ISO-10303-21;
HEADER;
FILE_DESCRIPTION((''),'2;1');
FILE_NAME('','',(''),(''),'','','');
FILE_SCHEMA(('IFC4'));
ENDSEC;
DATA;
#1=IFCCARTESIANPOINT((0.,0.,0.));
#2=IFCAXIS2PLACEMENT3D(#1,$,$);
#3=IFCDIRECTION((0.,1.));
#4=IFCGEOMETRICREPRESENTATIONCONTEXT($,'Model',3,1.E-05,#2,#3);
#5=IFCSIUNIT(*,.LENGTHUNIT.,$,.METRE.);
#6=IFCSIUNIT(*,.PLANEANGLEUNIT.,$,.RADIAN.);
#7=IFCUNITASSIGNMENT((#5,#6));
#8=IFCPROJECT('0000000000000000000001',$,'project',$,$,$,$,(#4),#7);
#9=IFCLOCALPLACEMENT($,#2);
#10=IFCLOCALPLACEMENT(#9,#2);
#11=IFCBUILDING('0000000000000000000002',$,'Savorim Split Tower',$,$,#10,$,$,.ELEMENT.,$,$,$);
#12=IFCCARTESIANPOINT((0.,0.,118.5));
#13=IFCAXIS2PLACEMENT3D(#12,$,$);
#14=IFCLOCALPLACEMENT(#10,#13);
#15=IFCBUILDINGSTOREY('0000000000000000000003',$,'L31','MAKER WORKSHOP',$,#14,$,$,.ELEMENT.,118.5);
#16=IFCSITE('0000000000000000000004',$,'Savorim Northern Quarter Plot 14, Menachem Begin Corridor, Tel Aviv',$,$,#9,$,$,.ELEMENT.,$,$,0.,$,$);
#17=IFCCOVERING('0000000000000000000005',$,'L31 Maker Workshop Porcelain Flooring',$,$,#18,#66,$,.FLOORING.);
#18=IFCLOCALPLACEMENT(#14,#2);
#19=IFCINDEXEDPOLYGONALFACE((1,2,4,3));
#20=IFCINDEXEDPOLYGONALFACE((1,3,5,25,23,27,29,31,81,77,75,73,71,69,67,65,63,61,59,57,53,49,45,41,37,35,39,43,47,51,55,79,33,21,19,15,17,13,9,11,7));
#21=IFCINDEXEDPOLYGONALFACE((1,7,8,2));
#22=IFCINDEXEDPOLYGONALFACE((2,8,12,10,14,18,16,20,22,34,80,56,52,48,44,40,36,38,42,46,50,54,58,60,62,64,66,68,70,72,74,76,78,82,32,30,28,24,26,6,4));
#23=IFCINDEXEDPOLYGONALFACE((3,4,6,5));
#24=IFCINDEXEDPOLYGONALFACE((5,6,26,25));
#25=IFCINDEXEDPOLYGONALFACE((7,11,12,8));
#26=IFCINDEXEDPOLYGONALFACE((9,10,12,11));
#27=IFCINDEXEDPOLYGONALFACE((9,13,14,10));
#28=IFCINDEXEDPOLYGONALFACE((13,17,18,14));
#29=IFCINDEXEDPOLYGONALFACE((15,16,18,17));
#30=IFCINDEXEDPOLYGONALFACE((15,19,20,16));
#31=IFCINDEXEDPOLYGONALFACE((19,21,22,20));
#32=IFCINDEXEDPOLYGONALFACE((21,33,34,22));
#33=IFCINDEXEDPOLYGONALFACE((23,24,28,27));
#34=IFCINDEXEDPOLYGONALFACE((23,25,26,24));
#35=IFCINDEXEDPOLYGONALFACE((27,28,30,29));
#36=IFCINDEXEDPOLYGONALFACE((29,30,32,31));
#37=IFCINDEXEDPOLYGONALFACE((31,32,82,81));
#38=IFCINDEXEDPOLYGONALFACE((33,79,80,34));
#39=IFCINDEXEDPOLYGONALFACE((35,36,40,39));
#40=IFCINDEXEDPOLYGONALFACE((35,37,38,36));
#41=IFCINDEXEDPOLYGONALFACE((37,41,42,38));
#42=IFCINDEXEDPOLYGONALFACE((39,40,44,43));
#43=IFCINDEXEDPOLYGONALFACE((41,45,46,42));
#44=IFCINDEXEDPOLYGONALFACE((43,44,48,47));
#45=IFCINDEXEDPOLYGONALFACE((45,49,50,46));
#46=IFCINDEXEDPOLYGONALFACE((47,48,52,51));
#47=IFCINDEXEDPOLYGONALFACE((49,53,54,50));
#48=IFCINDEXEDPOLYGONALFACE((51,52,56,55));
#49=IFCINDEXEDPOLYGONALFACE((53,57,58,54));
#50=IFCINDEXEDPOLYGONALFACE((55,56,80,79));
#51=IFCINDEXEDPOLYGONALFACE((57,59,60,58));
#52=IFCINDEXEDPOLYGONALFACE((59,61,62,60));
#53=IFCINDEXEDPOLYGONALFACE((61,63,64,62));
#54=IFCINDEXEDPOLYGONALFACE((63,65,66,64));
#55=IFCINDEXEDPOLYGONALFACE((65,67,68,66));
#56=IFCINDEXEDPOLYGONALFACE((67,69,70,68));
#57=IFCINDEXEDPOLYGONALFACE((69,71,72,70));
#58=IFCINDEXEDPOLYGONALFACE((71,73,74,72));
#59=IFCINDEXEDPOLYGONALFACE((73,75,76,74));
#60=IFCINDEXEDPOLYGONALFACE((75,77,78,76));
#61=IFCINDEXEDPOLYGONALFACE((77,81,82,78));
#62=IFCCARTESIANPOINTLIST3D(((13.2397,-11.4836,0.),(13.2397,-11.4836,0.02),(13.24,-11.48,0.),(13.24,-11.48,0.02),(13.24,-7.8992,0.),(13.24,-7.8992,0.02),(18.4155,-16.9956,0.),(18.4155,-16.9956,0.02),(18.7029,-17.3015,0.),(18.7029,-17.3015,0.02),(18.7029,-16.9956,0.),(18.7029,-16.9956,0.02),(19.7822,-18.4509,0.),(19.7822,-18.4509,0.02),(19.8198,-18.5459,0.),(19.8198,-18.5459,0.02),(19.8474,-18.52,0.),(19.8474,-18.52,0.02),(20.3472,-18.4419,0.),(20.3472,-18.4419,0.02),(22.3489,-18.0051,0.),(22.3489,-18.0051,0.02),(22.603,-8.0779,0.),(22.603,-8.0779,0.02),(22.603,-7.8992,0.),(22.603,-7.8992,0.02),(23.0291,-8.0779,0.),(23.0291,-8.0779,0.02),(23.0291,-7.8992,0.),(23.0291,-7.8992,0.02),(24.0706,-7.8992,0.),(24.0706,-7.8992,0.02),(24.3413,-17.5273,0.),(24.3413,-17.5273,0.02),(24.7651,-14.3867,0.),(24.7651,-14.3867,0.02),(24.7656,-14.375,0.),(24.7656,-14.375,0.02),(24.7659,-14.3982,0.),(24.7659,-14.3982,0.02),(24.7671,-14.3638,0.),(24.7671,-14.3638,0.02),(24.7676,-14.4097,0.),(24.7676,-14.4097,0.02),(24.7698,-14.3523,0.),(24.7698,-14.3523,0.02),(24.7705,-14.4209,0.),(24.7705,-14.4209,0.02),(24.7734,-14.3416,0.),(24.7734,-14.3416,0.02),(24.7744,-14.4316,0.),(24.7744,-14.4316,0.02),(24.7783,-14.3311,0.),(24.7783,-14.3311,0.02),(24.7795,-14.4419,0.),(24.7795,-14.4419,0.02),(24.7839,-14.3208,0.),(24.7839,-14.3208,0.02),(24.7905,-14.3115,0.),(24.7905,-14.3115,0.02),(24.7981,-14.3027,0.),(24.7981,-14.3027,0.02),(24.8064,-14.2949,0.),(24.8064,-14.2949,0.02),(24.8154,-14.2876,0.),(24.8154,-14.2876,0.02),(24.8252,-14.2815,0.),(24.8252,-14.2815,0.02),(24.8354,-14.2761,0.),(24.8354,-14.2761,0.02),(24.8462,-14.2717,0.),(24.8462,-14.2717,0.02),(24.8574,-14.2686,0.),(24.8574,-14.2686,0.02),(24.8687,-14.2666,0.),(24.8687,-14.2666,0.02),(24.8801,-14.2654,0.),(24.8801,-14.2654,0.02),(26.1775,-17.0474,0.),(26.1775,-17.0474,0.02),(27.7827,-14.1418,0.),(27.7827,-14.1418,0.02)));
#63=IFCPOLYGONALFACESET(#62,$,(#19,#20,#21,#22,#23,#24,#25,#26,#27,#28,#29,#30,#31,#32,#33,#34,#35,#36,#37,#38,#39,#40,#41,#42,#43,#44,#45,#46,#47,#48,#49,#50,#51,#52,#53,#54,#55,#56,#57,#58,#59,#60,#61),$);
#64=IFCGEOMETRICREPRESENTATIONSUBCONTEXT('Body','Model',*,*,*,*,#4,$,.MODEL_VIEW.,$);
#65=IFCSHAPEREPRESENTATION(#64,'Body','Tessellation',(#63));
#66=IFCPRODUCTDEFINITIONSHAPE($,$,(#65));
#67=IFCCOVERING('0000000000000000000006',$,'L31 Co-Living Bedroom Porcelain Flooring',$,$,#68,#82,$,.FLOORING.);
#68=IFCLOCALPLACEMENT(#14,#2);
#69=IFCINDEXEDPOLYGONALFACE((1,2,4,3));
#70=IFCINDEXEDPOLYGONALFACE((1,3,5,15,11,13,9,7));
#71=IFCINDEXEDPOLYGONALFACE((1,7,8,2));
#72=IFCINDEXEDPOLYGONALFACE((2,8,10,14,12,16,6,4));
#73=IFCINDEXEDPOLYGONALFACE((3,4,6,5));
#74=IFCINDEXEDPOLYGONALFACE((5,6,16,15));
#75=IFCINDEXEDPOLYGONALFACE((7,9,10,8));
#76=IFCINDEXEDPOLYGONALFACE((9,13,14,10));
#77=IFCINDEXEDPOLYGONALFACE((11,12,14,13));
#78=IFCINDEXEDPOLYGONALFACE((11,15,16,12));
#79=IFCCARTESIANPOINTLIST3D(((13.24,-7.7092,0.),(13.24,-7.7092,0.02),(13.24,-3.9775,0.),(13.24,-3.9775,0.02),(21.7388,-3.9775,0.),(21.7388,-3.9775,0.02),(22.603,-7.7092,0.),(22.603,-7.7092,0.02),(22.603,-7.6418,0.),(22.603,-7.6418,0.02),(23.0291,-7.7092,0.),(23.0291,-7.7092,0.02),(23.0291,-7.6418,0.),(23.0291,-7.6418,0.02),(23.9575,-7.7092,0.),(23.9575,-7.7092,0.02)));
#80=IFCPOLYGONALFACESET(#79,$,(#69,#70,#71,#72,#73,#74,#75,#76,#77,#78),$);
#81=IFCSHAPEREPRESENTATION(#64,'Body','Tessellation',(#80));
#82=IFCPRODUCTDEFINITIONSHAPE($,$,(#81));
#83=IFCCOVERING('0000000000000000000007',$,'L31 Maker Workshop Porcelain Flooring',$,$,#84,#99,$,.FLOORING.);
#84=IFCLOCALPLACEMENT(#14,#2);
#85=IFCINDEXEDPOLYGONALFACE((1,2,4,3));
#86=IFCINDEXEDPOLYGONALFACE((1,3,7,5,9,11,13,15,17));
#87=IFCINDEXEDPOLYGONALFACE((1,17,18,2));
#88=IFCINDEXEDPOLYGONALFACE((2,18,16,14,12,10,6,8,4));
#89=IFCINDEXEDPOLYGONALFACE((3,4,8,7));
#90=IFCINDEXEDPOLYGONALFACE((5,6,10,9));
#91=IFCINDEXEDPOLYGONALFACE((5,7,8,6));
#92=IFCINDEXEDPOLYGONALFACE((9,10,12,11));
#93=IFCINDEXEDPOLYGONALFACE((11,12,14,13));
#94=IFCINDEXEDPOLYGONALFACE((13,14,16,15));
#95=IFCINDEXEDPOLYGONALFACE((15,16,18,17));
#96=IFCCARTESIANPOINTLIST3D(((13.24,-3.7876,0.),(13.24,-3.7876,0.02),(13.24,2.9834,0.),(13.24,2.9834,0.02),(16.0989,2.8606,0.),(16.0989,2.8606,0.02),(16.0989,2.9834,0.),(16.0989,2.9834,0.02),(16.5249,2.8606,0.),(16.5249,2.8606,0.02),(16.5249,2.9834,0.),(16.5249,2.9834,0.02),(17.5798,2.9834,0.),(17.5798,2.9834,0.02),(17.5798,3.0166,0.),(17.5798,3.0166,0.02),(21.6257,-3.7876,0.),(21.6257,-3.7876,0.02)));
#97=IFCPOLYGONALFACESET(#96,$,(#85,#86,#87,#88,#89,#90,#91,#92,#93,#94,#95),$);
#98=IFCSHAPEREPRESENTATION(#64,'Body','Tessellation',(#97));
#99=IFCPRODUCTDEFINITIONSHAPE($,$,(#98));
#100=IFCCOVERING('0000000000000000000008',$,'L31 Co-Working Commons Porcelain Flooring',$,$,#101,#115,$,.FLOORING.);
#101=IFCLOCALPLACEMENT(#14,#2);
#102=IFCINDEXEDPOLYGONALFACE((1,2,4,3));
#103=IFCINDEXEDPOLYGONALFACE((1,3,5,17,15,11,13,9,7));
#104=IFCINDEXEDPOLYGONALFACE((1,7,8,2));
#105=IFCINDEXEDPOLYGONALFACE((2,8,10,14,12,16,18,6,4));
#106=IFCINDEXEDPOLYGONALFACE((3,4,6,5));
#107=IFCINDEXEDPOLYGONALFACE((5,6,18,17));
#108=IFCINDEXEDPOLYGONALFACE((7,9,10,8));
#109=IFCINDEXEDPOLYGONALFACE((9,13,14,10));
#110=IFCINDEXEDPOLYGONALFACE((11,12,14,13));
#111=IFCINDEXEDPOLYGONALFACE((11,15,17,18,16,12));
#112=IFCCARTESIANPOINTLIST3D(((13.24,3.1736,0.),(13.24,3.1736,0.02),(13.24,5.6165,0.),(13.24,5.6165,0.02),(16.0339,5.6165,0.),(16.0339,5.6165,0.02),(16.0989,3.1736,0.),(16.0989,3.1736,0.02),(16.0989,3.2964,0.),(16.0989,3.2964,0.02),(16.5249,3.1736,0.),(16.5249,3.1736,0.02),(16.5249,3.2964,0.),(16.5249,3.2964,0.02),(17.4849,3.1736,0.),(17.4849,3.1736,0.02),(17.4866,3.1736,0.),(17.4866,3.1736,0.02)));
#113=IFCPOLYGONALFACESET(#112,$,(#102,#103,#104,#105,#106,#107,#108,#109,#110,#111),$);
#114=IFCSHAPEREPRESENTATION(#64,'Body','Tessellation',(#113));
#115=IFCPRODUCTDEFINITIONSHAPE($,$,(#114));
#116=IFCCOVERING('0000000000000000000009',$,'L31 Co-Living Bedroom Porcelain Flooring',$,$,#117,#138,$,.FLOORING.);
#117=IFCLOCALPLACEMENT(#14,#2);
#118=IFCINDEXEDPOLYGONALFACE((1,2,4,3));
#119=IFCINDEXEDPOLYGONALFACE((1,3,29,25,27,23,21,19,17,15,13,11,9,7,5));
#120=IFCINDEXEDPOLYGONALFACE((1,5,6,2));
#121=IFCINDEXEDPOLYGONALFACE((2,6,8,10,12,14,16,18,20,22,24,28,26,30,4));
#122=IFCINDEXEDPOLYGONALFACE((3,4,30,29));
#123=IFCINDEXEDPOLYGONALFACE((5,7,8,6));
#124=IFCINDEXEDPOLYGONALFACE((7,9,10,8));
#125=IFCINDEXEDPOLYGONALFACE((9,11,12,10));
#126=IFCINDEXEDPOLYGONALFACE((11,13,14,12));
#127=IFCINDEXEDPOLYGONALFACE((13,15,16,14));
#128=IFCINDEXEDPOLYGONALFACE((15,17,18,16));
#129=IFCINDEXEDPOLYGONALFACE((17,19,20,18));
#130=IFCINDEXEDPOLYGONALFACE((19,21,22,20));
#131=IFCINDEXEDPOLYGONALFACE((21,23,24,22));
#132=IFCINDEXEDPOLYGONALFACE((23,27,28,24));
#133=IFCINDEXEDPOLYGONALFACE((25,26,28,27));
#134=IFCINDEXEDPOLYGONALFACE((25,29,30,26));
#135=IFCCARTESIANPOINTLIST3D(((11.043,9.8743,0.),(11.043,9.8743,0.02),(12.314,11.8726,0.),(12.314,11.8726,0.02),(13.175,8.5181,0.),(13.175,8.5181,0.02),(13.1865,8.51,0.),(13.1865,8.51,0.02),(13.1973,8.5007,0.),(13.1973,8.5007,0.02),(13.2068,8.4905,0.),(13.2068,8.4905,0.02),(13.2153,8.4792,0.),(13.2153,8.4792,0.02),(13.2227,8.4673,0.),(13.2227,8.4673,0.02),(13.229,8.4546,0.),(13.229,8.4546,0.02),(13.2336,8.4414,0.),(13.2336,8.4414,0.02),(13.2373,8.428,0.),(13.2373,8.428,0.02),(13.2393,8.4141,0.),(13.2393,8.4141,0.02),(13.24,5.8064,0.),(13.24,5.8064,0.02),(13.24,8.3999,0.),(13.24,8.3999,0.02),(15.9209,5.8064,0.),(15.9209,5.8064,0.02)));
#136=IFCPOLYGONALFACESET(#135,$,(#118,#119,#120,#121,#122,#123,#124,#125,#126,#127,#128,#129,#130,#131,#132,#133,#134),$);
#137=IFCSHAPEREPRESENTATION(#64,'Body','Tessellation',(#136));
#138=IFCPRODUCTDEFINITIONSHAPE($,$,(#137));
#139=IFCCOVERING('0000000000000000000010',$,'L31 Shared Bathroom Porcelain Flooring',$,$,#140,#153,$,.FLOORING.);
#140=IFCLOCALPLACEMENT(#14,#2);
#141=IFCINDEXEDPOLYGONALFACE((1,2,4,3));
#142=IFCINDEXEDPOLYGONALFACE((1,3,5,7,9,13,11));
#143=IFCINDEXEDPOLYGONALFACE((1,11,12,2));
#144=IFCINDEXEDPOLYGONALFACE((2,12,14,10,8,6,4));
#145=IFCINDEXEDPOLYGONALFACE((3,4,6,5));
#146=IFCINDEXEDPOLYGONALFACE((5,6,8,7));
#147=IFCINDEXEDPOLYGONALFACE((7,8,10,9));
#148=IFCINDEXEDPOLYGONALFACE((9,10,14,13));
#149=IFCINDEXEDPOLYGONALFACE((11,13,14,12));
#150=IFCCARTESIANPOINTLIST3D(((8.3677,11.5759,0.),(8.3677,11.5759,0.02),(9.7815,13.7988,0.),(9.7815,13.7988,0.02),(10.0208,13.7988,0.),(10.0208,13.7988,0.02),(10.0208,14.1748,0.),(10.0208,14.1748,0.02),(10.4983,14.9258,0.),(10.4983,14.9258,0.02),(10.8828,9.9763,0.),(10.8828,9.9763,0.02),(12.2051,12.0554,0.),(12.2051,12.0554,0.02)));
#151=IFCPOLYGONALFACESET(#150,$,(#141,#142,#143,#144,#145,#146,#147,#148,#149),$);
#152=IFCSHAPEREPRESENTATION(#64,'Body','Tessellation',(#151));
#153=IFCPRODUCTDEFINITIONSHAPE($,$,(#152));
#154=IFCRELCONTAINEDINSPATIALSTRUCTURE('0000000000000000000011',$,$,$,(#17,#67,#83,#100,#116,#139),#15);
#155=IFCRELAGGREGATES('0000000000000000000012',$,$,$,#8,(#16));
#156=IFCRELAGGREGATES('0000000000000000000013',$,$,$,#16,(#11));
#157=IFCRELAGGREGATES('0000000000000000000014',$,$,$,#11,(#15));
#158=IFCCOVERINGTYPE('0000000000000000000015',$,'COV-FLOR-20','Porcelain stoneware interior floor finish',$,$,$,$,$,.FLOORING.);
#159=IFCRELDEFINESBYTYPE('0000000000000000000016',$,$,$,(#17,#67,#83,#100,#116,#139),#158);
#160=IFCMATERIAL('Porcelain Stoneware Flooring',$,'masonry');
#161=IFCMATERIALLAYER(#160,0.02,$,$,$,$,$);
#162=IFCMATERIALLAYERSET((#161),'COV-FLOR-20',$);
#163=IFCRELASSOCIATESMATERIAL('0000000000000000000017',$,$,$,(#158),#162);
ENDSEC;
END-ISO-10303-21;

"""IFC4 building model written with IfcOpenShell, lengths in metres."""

from ifc_helpers import new_model, si_unit, direction, frame, origin, place, context, subcontext, project, spatial, polyline, outline, extrude, material, layer, layer_set, type_object, element, save


model = new_model("IFC4")

# Units and contexts
model_context = context("Model", 3, precision=1e-05, world=origin(), true_north=direction((0.0, 1.0)))
body_context = subcontext(model_context, "Body", "Model", "MODEL_VIEW")
ifc_project = project(units=[si_unit("LENGTHUNIT", "METRE"), si_unit("PLANEANGLEUNIT", "RADIAN")], contexts=[model_context])

# Site, building, storey
site_placement = place(None, origin())
site = spatial("IfcSite", under=ifc_project, at=site_placement, Name="Savorim Northern Quarter Plot 14, Menachem Begin Corridor, Tel Aviv", CompositionType="ELEMENT", RefElevation=0.0)
building_placement = place(site_placement, origin())
building = spatial("IfcBuilding", under=site, at=building_placement, Name="Savorim Split Tower", CompositionType="ELEMENT")
storey_placement = place(building_placement, frame((0.0, 0.0, 118.5)))
storey = spatial("IfcBuildingStorey", under=building, at=storey_placement, Name="L31", Description="MAKER WORKSHOP", CompositionType="ELEMENT", Elevation=118.5)

# Coverings
ifc_material_1 = material(Name="Porcelain Stoneware Flooring", Category="masonry")
ifc_layer_1 = layer(ifc_material_1, 0.02)
ifc_layer_set_1 = layer_set([ifc_layer_1], Name="COV-FLOR-20")
covering_type_1 = type_object("IfcCoveringType", Name="COV-FLOR-20", Description="Porcelain stoneware interior floor finish", PredefinedType="FLOORING", material=ifc_layer_set_1)
covering_1_placement = place(storey_placement, origin())
element("IfcCovering", 1, at=covering_1_placement, inside=storey, type_object=covering_type_1, Name="L31 Maker Workshop Porcelain Flooring", PredefinedType="FLOORING", context=body_context, shape_type="SweptSolid", body=[
    extrude(outline(polyline([(24.8574, -14.2686), (24.8687, -14.2666), (24.8801, -14.2654), (27.7827, -14.1418), (24.0706, -7.8992), (23.0291, -7.8992), (23.0291, -8.0779), (22.603, -8.0779), (22.603, -7.8992), (13.24, -7.8992), (13.24, -11.48), (13.2397, -11.4836), (18.4155, -16.9956), (18.7029, -16.9956), (18.7029, -17.3015), (19.7822, -18.4509), (19.8474, -18.52), (19.8198, -18.5459), (20.3472, -18.4419), (22.3489, -18.0051), (24.3413, -17.5273), (26.1775, -17.0474), (24.7795, -14.4419), (24.7744, -14.4316), (24.7705, -14.4209), (24.7676, -14.4097), (24.7659, -14.3982), (24.7651, -14.3867), (24.7656, -14.375), (24.7671, -14.3638), (24.7698, -14.3523), (24.7734, -14.3416), (24.7783, -14.3311), (24.7839, -14.3208), (24.7905, -14.3115), (24.7981, -14.3027), (24.8064, -14.2949), (24.8154, -14.2876), (24.8252, -14.2815), (24.8354, -14.2761), (24.8462, -14.2717), (24.8574, -14.2686)])), origin(), (0.0, 0.0, 1.0), 0.02),
])
covering_2_placement = place(storey_placement, origin())
element("IfcCovering", 2, at=covering_2_placement, inside=storey, type_object=covering_type_1, Name="L31 Co-Living Bedroom Porcelain Flooring", PredefinedType="FLOORING", context=body_context, shape_type="SweptSolid", body=[
    extrude(outline(polyline([(23.9575, -7.7092), (21.7388, -3.9775), (13.24, -3.9775), (13.24, -7.7092), (22.603, -7.7092), (22.603, -7.6418), (23.0291, -7.6418), (23.0291, -7.7092), (23.9575, -7.7092)])), origin(), (0.0, 0.0, 1.0), 0.02),
])
covering_3_placement = place(storey_placement, origin())
element("IfcCovering", 3, at=covering_3_placement, inside=storey, type_object=covering_type_1, Name="L31 Maker Workshop Porcelain Flooring", PredefinedType="FLOORING", context=body_context, shape_type="SweptSolid", body=[
    extrude(outline(polyline([(16.0989, 2.8606), (16.0989, 2.9834), (13.24, 2.9834), (13.24, -3.7876), (21.6257, -3.7876), (17.5798, 3.0166), (17.5798, 2.9834), (16.5249, 2.9834), (16.5249, 2.8606), (16.0989, 2.8606)])), origin(), (0.0, 0.0, 1.0), 0.02),
])
covering_4_placement = place(storey_placement, origin())
element("IfcCovering", 4, at=covering_4_placement, inside=storey, type_object=covering_type_1, Name="L31 Co-Working Commons Porcelain Flooring", PredefinedType="FLOORING", context=body_context, shape_type="SweptSolid", body=[
    extrude(outline(polyline([(16.5249, 3.2964), (16.5249, 3.1736), (17.4849, 3.1736), (17.4866, 3.1736), (16.0339, 5.6165), (13.24, 5.6165), (13.24, 3.1736), (16.0989, 3.1736), (16.0989, 3.2964), (16.5249, 3.2964)])), origin(), (0.0, 0.0, 1.0), 0.02),
])
covering_5_placement = place(storey_placement, origin())
element("IfcCovering", 5, at=covering_5_placement, inside=storey, type_object=covering_type_1, Name="L31 Co-Living Bedroom Porcelain Flooring", PredefinedType="FLOORING", context=body_context, shape_type="SweptSolid", body=[
    extrude(outline(polyline([(13.2373, 8.428), (13.2393, 8.4141), (13.24, 8.3999), (13.24, 5.8064), (15.9209, 5.8064), (12.314, 11.8726), (11.043, 9.8743), (13.175, 8.5181), (13.1865, 8.51), (13.1973, 8.5007), (13.2068, 8.4905), (13.2153, 8.4792), (13.2227, 8.4673), (13.229, 8.4546), (13.2336, 8.4414), (13.2373, 8.428)])), origin(), (0.0, 0.0, 1.0), 0.02),
])
covering_6_placement = place(storey_placement, origin())
element("IfcCovering", 6, at=covering_6_placement, inside=storey, type_object=covering_type_1, Name="L31 Shared Bathroom Porcelain Flooring", PredefinedType="FLOORING", context=body_context, shape_type="SweptSolid", body=[
    extrude(outline(polyline([(9.7815, 13.7988), (8.3677, 11.5759), (8.3677, 11.5759), (10.8828, 9.9763), (12.2051, 12.0554), (10.4983, 14.9258), (10.0208, 14.1748), (10.0208, 13.7988), (9.7815, 13.7988)])), origin(), (0.0, 0.0, 1.0), 0.02),
])

save(model, "model.ifc")
